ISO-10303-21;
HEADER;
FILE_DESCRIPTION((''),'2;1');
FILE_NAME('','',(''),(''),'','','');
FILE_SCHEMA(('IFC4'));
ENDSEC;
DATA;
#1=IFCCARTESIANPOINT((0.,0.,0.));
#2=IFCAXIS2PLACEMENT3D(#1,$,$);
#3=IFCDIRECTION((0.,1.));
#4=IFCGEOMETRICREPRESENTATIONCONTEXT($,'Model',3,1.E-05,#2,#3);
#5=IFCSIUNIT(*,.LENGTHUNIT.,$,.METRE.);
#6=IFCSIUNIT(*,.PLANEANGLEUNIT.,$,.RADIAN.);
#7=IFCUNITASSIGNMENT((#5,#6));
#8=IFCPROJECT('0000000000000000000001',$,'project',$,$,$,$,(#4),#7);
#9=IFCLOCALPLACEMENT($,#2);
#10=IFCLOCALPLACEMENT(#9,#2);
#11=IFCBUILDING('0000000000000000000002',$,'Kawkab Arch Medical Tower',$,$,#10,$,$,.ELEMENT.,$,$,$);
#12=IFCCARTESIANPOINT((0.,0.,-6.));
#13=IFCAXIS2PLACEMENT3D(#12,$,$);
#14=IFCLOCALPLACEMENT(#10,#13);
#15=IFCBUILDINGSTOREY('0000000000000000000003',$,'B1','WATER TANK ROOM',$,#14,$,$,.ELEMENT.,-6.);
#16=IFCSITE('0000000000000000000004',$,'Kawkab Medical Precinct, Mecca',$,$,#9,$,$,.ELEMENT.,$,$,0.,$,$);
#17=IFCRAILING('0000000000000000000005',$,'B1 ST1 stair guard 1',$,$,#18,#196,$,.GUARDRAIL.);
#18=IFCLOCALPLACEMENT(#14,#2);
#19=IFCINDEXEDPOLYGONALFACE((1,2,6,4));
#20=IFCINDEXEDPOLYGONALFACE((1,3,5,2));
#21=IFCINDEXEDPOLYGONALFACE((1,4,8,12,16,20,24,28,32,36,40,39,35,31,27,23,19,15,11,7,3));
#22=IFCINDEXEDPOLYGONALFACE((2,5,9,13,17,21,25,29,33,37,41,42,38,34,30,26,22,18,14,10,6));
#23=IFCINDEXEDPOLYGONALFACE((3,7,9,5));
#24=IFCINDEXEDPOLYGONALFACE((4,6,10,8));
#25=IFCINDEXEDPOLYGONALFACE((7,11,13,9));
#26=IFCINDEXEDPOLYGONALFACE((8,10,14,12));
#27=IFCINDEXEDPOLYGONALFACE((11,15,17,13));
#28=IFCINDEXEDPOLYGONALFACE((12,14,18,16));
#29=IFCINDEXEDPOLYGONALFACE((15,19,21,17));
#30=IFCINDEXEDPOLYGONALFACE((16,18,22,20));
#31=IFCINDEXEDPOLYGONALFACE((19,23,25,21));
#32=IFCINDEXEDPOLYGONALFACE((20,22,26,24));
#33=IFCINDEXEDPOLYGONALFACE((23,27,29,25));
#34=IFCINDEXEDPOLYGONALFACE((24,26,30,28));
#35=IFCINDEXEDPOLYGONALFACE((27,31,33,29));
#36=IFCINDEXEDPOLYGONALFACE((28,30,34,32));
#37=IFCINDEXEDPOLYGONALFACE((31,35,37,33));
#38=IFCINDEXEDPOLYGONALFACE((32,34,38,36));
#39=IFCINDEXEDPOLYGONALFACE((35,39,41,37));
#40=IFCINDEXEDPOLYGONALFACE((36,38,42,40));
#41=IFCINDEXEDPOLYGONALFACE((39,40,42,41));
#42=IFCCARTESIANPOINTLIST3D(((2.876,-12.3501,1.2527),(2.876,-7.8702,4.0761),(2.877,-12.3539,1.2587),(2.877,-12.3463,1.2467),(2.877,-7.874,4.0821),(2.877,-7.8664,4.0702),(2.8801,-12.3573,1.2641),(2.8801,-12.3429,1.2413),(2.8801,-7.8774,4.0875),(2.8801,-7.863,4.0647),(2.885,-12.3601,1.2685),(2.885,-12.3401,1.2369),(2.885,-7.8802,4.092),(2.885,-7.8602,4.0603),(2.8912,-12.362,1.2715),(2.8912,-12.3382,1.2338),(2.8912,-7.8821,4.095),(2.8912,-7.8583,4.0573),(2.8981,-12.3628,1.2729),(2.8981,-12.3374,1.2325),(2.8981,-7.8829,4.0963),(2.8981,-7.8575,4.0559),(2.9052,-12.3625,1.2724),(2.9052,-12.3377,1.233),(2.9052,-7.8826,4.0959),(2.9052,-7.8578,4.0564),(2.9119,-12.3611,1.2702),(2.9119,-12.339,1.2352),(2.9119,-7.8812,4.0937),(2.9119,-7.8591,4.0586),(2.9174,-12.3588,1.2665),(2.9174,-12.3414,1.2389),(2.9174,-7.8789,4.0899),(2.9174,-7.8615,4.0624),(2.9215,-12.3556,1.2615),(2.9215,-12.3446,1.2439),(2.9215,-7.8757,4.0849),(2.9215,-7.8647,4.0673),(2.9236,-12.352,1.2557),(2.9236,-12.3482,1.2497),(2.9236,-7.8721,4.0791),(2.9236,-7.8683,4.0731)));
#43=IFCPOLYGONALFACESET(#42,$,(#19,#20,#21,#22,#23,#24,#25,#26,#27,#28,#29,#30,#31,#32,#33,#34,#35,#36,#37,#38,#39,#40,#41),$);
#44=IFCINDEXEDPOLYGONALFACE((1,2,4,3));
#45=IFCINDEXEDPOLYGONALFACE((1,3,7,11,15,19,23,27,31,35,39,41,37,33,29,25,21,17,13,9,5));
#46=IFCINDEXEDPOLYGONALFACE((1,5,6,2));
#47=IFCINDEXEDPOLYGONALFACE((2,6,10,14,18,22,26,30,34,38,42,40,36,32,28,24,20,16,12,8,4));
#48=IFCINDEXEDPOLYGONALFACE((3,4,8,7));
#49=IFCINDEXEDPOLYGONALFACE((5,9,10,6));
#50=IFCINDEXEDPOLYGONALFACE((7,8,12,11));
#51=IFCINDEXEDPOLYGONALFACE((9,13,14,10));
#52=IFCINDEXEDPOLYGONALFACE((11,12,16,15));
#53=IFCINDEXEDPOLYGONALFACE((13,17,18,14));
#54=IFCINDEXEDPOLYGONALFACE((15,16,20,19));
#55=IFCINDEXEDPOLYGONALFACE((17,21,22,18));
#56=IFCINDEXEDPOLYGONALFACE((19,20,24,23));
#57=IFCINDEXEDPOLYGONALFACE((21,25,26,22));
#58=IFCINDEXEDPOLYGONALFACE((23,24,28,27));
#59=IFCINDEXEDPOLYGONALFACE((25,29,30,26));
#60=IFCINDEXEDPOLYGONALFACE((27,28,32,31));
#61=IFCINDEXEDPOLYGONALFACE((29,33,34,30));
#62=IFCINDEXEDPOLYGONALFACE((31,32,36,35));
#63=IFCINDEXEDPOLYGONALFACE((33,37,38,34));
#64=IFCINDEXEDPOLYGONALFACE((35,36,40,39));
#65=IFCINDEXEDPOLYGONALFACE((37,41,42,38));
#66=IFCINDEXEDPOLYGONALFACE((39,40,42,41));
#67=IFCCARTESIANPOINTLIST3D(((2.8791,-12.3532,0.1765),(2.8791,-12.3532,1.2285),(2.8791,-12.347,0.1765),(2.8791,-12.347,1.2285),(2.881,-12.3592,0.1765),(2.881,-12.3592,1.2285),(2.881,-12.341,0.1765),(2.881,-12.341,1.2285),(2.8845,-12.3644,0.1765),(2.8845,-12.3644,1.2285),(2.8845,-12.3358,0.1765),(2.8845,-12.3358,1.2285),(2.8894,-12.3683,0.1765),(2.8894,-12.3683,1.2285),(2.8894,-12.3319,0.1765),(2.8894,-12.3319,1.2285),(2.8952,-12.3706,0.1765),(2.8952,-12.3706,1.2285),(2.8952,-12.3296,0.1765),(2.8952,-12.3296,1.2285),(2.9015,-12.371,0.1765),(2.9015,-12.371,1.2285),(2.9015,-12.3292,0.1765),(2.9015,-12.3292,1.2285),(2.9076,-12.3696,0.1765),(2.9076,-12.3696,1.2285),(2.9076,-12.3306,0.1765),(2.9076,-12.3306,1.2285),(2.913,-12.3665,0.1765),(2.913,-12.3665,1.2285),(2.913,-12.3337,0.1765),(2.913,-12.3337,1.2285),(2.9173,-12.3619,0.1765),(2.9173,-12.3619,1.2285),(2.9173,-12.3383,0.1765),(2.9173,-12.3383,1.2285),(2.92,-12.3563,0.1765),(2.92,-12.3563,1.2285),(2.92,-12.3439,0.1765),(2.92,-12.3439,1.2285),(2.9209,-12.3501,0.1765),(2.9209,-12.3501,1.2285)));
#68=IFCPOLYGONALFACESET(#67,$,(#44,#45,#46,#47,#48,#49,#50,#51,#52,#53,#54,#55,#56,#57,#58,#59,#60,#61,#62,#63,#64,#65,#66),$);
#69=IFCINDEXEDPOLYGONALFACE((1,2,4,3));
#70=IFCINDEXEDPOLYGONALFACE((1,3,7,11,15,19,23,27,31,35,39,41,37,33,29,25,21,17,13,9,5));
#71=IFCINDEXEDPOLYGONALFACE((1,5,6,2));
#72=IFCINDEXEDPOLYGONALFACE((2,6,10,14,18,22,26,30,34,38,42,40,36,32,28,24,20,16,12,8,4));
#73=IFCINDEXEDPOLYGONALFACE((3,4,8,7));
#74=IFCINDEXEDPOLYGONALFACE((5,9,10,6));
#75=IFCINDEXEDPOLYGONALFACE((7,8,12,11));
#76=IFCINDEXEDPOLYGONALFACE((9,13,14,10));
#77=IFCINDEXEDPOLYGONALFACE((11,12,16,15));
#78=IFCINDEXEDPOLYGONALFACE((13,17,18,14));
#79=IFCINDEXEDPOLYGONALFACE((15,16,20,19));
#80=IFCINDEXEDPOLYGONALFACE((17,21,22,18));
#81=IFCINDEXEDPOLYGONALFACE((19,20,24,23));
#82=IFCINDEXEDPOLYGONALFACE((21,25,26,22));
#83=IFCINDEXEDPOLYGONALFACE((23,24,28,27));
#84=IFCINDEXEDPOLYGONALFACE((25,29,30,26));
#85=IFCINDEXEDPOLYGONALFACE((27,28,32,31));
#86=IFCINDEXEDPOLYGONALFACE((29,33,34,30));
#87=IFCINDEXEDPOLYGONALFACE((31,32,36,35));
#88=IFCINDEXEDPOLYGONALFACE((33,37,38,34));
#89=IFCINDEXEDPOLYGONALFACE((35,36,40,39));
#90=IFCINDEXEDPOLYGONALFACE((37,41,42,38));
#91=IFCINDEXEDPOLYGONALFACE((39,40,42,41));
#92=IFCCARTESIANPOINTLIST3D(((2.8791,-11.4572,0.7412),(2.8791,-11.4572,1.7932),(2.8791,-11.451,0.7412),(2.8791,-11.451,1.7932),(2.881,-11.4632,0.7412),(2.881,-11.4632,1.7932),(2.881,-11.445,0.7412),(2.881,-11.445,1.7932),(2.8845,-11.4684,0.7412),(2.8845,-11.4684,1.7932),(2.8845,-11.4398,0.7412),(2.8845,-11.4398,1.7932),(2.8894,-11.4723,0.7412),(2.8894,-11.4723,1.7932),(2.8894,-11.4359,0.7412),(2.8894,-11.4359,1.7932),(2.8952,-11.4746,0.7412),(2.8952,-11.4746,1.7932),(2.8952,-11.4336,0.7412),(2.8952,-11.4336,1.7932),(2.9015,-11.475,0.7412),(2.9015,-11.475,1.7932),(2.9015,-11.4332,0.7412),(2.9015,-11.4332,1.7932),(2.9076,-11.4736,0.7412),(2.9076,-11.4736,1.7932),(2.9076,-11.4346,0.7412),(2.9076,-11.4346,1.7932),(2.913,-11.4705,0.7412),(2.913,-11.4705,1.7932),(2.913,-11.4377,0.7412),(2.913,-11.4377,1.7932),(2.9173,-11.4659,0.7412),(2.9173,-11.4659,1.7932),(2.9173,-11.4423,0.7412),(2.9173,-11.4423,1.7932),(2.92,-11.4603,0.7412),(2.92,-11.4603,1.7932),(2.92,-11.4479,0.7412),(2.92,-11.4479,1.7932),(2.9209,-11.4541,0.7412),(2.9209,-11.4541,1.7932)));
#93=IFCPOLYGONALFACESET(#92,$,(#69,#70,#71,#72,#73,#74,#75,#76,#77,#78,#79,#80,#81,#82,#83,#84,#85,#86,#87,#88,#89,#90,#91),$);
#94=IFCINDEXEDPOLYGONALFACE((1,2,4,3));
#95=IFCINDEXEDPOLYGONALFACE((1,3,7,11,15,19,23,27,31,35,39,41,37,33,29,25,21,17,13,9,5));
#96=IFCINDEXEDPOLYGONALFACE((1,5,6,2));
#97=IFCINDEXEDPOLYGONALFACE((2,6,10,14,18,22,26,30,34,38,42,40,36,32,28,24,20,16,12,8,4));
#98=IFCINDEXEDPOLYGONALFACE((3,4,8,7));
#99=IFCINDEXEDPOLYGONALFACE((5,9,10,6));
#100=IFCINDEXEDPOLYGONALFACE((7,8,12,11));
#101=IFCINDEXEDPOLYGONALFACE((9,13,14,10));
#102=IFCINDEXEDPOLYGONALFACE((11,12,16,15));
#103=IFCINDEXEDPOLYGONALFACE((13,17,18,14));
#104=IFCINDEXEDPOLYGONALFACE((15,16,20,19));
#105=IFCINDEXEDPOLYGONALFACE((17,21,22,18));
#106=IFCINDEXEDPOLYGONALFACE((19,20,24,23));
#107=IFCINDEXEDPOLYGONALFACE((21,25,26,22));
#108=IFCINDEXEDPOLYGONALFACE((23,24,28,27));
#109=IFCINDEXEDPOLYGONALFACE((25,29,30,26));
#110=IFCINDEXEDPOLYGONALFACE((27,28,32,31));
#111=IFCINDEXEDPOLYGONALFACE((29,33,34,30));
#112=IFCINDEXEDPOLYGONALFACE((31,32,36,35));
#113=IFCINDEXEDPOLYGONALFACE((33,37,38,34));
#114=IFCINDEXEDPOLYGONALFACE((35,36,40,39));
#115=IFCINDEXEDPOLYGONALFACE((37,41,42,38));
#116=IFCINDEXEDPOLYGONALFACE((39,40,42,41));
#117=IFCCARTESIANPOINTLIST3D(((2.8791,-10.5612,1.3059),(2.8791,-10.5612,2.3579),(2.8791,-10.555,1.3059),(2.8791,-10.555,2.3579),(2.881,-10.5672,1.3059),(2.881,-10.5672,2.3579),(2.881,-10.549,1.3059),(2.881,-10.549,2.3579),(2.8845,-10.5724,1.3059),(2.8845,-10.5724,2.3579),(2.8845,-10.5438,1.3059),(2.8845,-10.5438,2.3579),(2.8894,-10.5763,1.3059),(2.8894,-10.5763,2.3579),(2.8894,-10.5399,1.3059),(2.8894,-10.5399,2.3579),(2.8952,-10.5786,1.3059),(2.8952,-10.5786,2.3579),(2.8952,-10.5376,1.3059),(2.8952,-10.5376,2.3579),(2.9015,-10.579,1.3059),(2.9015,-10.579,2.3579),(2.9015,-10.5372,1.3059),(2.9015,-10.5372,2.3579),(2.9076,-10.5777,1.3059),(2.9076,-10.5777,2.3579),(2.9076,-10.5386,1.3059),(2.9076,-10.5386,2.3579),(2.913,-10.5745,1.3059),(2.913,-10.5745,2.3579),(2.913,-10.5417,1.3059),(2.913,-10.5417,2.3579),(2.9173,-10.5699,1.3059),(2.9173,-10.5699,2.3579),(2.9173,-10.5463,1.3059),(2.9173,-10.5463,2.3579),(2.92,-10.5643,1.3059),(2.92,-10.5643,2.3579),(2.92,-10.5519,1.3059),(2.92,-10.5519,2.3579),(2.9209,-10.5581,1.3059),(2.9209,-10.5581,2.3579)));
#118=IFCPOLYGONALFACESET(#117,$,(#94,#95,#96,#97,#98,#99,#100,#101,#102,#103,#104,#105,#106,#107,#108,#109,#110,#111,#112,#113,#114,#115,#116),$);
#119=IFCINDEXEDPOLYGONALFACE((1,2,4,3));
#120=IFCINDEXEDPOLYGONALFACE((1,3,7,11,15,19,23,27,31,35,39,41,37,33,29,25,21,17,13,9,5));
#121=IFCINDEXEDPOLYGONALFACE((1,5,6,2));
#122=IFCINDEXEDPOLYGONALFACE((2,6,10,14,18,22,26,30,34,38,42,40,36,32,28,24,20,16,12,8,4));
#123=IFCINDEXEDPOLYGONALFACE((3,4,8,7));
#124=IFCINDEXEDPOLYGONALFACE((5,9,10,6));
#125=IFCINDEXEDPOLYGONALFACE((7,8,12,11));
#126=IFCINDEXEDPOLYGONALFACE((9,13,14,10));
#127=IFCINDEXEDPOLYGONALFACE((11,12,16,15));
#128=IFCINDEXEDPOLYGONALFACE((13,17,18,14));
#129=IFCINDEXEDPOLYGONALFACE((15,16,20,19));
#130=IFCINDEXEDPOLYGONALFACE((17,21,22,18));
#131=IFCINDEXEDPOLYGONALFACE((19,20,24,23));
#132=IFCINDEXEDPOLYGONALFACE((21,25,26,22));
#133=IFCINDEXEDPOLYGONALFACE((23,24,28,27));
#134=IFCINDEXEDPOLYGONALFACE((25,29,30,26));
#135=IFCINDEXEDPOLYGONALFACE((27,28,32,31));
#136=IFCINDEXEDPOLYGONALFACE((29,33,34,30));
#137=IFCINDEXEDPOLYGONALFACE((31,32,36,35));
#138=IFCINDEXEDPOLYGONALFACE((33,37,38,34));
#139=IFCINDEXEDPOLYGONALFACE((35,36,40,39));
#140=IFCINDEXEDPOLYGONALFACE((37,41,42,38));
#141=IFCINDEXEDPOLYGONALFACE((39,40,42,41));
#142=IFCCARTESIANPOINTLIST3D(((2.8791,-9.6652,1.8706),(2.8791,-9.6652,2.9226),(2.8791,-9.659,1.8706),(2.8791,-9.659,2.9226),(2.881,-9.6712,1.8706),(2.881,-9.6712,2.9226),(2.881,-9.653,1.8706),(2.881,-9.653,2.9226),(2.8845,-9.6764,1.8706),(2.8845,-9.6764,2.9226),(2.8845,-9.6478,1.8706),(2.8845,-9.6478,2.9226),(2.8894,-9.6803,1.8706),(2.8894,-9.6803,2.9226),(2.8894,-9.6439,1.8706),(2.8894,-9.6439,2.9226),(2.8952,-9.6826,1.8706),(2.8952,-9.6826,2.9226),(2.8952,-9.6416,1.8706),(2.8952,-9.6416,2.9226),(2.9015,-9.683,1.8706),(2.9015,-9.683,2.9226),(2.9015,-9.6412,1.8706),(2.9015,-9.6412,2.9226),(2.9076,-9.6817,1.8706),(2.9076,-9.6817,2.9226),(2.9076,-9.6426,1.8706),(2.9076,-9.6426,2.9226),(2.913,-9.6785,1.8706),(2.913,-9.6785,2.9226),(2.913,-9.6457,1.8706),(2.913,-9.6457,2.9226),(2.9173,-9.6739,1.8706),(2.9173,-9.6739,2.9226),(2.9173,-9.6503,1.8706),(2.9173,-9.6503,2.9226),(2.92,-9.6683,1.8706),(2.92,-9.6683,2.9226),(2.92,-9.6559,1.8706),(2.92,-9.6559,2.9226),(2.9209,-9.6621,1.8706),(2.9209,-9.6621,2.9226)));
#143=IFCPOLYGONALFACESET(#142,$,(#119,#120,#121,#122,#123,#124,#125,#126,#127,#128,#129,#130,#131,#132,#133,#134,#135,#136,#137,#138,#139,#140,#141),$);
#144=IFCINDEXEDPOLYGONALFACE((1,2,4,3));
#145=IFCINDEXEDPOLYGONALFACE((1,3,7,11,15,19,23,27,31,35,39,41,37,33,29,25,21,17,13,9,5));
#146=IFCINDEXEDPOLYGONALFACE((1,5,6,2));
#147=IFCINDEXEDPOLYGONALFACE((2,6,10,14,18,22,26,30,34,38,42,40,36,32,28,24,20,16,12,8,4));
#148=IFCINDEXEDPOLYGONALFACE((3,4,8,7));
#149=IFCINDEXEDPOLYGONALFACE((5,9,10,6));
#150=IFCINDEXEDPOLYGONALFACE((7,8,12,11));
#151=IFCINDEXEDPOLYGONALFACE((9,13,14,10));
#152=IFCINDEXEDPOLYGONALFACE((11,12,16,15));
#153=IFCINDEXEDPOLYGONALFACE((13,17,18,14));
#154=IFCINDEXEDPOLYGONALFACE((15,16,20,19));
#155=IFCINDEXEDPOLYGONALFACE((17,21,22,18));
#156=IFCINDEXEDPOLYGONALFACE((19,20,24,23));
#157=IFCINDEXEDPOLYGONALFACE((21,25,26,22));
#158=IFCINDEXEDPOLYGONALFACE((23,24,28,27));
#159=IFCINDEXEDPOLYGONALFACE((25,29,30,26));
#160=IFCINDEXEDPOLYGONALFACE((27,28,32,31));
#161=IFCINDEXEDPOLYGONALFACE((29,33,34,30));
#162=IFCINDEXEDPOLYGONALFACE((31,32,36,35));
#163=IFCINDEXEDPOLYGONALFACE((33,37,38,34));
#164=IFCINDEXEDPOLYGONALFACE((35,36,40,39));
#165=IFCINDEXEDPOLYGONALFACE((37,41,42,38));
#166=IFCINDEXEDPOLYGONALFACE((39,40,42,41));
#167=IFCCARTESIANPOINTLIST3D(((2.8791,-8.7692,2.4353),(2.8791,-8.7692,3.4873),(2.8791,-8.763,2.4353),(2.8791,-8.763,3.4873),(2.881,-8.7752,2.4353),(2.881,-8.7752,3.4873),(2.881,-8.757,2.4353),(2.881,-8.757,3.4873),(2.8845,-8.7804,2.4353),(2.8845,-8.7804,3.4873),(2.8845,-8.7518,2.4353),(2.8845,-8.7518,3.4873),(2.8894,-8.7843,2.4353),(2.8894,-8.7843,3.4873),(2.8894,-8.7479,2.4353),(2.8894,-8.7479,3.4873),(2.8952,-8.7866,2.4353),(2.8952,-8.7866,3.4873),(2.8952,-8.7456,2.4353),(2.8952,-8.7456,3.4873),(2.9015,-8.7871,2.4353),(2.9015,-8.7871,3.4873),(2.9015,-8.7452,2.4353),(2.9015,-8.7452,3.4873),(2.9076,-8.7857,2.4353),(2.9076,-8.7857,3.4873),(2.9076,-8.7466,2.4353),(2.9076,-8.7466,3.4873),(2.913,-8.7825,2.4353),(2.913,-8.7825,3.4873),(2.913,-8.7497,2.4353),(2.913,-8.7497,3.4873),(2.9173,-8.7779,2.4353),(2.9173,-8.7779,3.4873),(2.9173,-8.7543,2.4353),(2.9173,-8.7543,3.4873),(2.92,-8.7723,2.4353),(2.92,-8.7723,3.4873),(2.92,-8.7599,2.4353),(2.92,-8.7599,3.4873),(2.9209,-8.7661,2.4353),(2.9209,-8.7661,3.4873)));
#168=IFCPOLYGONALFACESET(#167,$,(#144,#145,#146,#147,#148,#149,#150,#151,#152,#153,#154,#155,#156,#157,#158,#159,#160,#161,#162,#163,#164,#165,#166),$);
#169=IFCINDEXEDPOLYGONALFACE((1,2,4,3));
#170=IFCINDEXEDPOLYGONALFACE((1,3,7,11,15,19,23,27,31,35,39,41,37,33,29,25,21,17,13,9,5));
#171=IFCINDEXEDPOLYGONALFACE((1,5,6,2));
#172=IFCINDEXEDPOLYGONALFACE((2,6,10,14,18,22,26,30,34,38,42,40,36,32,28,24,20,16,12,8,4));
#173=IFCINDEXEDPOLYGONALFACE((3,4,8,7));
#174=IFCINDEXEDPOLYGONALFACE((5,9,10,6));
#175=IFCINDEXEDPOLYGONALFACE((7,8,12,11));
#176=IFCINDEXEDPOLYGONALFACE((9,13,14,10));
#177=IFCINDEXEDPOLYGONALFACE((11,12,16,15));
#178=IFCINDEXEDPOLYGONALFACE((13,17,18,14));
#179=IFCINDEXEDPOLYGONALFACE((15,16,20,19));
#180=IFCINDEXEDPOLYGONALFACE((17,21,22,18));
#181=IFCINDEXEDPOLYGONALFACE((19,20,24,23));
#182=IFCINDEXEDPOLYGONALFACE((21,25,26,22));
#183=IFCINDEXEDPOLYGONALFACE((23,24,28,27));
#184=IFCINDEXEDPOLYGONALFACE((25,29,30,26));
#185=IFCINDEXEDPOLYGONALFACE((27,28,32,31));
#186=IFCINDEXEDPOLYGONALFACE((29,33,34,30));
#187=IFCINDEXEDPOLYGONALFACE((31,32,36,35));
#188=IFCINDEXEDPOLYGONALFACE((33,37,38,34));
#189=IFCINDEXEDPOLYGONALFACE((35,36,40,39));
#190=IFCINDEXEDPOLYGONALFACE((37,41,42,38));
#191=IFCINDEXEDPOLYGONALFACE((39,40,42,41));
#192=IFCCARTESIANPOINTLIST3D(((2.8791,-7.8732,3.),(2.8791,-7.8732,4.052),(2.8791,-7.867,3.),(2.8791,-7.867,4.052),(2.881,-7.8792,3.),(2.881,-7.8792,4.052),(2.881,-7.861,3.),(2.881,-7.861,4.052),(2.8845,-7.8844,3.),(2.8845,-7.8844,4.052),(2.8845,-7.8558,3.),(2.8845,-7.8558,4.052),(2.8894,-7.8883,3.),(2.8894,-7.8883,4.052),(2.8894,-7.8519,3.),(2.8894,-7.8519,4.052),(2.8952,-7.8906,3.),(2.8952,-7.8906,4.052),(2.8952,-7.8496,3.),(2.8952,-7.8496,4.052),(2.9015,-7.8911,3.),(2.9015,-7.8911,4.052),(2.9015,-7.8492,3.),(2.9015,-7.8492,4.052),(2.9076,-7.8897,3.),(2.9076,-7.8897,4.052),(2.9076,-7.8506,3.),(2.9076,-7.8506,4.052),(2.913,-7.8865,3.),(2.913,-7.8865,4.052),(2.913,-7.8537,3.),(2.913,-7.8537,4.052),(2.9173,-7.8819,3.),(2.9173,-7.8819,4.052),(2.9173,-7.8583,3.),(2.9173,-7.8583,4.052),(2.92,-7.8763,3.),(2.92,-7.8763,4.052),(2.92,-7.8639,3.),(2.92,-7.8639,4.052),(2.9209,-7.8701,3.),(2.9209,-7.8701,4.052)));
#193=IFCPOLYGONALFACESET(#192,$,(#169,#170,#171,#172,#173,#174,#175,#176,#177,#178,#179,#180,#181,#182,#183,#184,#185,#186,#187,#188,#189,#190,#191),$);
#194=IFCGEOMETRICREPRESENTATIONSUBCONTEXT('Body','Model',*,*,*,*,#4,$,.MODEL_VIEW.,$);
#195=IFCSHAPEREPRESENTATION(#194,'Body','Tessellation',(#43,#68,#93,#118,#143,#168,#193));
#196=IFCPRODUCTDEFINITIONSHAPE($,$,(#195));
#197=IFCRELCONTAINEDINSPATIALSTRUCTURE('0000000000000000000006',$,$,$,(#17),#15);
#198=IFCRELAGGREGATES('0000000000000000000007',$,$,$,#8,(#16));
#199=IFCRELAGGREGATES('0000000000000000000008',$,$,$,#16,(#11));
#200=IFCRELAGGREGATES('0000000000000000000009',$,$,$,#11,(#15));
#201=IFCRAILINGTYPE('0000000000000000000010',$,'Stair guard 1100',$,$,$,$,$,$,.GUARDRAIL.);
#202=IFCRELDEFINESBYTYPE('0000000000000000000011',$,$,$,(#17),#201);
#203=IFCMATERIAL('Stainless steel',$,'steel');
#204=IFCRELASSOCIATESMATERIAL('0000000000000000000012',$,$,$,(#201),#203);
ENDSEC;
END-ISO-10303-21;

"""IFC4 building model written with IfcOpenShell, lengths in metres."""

from ifc_helpers import new_model, si_unit, direction, frame, origin, origin_2d, place, context, subcontext, project, spatial, circle, extrude, material, type_object, element, save


model = new_model("IFC4")

# Units and contexts
model_context = context("Model", 3, precision=1e-05, world=origin(), true_north=direction((0.0, 1.0)))
body_context = subcontext(model_context, "Body", "Model", "MODEL_VIEW")
ifc_project = project(units=[si_unit("LENGTHUNIT", "METRE"), si_unit("PLANEANGLEUNIT", "RADIAN")], contexts=[model_context])

# Site, building, storey
site_placement = place(None, origin())
site = spatial("IfcSite", under=ifc_project, at=site_placement, Name="Kawkab Medical Precinct, Mecca", CompositionType="ELEMENT", RefElevation=0.0)
building_placement = place(site_placement, origin())
building = spatial("IfcBuilding", under=site, at=building_placement, Name="Kawkab Arch Medical Tower", CompositionType="ELEMENT")
storey_placement = place(building_placement, frame((0.0, 0.0, -6.0)))
storey = spatial("IfcBuildingStorey", under=building, at=storey_placement, Name="B1", Description="WATER TANK ROOM", CompositionType="ELEMENT", Elevation=-6.0)

# Railing
ifc_material_1 = material(Name="Stainless steel", Category="steel")
railing_type = type_object("IfcRailingType", Name="Stair guard 1100", PredefinedType="GUARDRAIL", material=ifc_material_1)
railing_1_placement = place(storey_placement, frame((2.8999, -12.3501, 0.1765)))
element("IfcRailing", 1, at=railing_1_placement, inside=storey, type_object=railing_type, Name="B1 ST1 stair guard 1", PredefinedType="GUARDRAIL", context=body_context, shape_type="SweptSolid", body=[
    extrude(circle(Radius=0.0239, at=origin_2d()), frame((0.0, 0.0, 1.0762), z_axis=(0.0, 0.845998, 0.533186), x_axis=(-1.0, 0.0, 0.0)), (0.0, 0.0, 1.0), 5.2954),
    extrude(circle(Radius=0.021, at=origin_2d()), origin(), (0.0, 0.0, 1.0), 1.052),
    extrude(circle(Radius=0.021, at=origin_2d()), frame((0.0, 0.896, 0.5647)), (0.0, 0.0, 1.0), 1.052),
    extrude(circle(Radius=0.021, at=origin_2d()), frame((0.0, 1.792, 1.1294)), (0.0, 0.0, 1.0), 1.052),
    extrude(circle(Radius=0.021, at=origin_2d()), frame((0.0, 2.688, 1.6941)), (0.0, 0.0, 1.0), 1.052),
    extrude(circle(Radius=0.021, at=origin_2d()), frame((0.0, 3.584, 2.2588)), (0.0, 0.0, 1.0), 1.052),
    extrude(circle(Radius=0.021, at=origin_2d()), frame((0.0, 4.48, 2.8235)), (0.0, 0.0, 1.0), 1.052),
])

save(model, "model.ifc")
